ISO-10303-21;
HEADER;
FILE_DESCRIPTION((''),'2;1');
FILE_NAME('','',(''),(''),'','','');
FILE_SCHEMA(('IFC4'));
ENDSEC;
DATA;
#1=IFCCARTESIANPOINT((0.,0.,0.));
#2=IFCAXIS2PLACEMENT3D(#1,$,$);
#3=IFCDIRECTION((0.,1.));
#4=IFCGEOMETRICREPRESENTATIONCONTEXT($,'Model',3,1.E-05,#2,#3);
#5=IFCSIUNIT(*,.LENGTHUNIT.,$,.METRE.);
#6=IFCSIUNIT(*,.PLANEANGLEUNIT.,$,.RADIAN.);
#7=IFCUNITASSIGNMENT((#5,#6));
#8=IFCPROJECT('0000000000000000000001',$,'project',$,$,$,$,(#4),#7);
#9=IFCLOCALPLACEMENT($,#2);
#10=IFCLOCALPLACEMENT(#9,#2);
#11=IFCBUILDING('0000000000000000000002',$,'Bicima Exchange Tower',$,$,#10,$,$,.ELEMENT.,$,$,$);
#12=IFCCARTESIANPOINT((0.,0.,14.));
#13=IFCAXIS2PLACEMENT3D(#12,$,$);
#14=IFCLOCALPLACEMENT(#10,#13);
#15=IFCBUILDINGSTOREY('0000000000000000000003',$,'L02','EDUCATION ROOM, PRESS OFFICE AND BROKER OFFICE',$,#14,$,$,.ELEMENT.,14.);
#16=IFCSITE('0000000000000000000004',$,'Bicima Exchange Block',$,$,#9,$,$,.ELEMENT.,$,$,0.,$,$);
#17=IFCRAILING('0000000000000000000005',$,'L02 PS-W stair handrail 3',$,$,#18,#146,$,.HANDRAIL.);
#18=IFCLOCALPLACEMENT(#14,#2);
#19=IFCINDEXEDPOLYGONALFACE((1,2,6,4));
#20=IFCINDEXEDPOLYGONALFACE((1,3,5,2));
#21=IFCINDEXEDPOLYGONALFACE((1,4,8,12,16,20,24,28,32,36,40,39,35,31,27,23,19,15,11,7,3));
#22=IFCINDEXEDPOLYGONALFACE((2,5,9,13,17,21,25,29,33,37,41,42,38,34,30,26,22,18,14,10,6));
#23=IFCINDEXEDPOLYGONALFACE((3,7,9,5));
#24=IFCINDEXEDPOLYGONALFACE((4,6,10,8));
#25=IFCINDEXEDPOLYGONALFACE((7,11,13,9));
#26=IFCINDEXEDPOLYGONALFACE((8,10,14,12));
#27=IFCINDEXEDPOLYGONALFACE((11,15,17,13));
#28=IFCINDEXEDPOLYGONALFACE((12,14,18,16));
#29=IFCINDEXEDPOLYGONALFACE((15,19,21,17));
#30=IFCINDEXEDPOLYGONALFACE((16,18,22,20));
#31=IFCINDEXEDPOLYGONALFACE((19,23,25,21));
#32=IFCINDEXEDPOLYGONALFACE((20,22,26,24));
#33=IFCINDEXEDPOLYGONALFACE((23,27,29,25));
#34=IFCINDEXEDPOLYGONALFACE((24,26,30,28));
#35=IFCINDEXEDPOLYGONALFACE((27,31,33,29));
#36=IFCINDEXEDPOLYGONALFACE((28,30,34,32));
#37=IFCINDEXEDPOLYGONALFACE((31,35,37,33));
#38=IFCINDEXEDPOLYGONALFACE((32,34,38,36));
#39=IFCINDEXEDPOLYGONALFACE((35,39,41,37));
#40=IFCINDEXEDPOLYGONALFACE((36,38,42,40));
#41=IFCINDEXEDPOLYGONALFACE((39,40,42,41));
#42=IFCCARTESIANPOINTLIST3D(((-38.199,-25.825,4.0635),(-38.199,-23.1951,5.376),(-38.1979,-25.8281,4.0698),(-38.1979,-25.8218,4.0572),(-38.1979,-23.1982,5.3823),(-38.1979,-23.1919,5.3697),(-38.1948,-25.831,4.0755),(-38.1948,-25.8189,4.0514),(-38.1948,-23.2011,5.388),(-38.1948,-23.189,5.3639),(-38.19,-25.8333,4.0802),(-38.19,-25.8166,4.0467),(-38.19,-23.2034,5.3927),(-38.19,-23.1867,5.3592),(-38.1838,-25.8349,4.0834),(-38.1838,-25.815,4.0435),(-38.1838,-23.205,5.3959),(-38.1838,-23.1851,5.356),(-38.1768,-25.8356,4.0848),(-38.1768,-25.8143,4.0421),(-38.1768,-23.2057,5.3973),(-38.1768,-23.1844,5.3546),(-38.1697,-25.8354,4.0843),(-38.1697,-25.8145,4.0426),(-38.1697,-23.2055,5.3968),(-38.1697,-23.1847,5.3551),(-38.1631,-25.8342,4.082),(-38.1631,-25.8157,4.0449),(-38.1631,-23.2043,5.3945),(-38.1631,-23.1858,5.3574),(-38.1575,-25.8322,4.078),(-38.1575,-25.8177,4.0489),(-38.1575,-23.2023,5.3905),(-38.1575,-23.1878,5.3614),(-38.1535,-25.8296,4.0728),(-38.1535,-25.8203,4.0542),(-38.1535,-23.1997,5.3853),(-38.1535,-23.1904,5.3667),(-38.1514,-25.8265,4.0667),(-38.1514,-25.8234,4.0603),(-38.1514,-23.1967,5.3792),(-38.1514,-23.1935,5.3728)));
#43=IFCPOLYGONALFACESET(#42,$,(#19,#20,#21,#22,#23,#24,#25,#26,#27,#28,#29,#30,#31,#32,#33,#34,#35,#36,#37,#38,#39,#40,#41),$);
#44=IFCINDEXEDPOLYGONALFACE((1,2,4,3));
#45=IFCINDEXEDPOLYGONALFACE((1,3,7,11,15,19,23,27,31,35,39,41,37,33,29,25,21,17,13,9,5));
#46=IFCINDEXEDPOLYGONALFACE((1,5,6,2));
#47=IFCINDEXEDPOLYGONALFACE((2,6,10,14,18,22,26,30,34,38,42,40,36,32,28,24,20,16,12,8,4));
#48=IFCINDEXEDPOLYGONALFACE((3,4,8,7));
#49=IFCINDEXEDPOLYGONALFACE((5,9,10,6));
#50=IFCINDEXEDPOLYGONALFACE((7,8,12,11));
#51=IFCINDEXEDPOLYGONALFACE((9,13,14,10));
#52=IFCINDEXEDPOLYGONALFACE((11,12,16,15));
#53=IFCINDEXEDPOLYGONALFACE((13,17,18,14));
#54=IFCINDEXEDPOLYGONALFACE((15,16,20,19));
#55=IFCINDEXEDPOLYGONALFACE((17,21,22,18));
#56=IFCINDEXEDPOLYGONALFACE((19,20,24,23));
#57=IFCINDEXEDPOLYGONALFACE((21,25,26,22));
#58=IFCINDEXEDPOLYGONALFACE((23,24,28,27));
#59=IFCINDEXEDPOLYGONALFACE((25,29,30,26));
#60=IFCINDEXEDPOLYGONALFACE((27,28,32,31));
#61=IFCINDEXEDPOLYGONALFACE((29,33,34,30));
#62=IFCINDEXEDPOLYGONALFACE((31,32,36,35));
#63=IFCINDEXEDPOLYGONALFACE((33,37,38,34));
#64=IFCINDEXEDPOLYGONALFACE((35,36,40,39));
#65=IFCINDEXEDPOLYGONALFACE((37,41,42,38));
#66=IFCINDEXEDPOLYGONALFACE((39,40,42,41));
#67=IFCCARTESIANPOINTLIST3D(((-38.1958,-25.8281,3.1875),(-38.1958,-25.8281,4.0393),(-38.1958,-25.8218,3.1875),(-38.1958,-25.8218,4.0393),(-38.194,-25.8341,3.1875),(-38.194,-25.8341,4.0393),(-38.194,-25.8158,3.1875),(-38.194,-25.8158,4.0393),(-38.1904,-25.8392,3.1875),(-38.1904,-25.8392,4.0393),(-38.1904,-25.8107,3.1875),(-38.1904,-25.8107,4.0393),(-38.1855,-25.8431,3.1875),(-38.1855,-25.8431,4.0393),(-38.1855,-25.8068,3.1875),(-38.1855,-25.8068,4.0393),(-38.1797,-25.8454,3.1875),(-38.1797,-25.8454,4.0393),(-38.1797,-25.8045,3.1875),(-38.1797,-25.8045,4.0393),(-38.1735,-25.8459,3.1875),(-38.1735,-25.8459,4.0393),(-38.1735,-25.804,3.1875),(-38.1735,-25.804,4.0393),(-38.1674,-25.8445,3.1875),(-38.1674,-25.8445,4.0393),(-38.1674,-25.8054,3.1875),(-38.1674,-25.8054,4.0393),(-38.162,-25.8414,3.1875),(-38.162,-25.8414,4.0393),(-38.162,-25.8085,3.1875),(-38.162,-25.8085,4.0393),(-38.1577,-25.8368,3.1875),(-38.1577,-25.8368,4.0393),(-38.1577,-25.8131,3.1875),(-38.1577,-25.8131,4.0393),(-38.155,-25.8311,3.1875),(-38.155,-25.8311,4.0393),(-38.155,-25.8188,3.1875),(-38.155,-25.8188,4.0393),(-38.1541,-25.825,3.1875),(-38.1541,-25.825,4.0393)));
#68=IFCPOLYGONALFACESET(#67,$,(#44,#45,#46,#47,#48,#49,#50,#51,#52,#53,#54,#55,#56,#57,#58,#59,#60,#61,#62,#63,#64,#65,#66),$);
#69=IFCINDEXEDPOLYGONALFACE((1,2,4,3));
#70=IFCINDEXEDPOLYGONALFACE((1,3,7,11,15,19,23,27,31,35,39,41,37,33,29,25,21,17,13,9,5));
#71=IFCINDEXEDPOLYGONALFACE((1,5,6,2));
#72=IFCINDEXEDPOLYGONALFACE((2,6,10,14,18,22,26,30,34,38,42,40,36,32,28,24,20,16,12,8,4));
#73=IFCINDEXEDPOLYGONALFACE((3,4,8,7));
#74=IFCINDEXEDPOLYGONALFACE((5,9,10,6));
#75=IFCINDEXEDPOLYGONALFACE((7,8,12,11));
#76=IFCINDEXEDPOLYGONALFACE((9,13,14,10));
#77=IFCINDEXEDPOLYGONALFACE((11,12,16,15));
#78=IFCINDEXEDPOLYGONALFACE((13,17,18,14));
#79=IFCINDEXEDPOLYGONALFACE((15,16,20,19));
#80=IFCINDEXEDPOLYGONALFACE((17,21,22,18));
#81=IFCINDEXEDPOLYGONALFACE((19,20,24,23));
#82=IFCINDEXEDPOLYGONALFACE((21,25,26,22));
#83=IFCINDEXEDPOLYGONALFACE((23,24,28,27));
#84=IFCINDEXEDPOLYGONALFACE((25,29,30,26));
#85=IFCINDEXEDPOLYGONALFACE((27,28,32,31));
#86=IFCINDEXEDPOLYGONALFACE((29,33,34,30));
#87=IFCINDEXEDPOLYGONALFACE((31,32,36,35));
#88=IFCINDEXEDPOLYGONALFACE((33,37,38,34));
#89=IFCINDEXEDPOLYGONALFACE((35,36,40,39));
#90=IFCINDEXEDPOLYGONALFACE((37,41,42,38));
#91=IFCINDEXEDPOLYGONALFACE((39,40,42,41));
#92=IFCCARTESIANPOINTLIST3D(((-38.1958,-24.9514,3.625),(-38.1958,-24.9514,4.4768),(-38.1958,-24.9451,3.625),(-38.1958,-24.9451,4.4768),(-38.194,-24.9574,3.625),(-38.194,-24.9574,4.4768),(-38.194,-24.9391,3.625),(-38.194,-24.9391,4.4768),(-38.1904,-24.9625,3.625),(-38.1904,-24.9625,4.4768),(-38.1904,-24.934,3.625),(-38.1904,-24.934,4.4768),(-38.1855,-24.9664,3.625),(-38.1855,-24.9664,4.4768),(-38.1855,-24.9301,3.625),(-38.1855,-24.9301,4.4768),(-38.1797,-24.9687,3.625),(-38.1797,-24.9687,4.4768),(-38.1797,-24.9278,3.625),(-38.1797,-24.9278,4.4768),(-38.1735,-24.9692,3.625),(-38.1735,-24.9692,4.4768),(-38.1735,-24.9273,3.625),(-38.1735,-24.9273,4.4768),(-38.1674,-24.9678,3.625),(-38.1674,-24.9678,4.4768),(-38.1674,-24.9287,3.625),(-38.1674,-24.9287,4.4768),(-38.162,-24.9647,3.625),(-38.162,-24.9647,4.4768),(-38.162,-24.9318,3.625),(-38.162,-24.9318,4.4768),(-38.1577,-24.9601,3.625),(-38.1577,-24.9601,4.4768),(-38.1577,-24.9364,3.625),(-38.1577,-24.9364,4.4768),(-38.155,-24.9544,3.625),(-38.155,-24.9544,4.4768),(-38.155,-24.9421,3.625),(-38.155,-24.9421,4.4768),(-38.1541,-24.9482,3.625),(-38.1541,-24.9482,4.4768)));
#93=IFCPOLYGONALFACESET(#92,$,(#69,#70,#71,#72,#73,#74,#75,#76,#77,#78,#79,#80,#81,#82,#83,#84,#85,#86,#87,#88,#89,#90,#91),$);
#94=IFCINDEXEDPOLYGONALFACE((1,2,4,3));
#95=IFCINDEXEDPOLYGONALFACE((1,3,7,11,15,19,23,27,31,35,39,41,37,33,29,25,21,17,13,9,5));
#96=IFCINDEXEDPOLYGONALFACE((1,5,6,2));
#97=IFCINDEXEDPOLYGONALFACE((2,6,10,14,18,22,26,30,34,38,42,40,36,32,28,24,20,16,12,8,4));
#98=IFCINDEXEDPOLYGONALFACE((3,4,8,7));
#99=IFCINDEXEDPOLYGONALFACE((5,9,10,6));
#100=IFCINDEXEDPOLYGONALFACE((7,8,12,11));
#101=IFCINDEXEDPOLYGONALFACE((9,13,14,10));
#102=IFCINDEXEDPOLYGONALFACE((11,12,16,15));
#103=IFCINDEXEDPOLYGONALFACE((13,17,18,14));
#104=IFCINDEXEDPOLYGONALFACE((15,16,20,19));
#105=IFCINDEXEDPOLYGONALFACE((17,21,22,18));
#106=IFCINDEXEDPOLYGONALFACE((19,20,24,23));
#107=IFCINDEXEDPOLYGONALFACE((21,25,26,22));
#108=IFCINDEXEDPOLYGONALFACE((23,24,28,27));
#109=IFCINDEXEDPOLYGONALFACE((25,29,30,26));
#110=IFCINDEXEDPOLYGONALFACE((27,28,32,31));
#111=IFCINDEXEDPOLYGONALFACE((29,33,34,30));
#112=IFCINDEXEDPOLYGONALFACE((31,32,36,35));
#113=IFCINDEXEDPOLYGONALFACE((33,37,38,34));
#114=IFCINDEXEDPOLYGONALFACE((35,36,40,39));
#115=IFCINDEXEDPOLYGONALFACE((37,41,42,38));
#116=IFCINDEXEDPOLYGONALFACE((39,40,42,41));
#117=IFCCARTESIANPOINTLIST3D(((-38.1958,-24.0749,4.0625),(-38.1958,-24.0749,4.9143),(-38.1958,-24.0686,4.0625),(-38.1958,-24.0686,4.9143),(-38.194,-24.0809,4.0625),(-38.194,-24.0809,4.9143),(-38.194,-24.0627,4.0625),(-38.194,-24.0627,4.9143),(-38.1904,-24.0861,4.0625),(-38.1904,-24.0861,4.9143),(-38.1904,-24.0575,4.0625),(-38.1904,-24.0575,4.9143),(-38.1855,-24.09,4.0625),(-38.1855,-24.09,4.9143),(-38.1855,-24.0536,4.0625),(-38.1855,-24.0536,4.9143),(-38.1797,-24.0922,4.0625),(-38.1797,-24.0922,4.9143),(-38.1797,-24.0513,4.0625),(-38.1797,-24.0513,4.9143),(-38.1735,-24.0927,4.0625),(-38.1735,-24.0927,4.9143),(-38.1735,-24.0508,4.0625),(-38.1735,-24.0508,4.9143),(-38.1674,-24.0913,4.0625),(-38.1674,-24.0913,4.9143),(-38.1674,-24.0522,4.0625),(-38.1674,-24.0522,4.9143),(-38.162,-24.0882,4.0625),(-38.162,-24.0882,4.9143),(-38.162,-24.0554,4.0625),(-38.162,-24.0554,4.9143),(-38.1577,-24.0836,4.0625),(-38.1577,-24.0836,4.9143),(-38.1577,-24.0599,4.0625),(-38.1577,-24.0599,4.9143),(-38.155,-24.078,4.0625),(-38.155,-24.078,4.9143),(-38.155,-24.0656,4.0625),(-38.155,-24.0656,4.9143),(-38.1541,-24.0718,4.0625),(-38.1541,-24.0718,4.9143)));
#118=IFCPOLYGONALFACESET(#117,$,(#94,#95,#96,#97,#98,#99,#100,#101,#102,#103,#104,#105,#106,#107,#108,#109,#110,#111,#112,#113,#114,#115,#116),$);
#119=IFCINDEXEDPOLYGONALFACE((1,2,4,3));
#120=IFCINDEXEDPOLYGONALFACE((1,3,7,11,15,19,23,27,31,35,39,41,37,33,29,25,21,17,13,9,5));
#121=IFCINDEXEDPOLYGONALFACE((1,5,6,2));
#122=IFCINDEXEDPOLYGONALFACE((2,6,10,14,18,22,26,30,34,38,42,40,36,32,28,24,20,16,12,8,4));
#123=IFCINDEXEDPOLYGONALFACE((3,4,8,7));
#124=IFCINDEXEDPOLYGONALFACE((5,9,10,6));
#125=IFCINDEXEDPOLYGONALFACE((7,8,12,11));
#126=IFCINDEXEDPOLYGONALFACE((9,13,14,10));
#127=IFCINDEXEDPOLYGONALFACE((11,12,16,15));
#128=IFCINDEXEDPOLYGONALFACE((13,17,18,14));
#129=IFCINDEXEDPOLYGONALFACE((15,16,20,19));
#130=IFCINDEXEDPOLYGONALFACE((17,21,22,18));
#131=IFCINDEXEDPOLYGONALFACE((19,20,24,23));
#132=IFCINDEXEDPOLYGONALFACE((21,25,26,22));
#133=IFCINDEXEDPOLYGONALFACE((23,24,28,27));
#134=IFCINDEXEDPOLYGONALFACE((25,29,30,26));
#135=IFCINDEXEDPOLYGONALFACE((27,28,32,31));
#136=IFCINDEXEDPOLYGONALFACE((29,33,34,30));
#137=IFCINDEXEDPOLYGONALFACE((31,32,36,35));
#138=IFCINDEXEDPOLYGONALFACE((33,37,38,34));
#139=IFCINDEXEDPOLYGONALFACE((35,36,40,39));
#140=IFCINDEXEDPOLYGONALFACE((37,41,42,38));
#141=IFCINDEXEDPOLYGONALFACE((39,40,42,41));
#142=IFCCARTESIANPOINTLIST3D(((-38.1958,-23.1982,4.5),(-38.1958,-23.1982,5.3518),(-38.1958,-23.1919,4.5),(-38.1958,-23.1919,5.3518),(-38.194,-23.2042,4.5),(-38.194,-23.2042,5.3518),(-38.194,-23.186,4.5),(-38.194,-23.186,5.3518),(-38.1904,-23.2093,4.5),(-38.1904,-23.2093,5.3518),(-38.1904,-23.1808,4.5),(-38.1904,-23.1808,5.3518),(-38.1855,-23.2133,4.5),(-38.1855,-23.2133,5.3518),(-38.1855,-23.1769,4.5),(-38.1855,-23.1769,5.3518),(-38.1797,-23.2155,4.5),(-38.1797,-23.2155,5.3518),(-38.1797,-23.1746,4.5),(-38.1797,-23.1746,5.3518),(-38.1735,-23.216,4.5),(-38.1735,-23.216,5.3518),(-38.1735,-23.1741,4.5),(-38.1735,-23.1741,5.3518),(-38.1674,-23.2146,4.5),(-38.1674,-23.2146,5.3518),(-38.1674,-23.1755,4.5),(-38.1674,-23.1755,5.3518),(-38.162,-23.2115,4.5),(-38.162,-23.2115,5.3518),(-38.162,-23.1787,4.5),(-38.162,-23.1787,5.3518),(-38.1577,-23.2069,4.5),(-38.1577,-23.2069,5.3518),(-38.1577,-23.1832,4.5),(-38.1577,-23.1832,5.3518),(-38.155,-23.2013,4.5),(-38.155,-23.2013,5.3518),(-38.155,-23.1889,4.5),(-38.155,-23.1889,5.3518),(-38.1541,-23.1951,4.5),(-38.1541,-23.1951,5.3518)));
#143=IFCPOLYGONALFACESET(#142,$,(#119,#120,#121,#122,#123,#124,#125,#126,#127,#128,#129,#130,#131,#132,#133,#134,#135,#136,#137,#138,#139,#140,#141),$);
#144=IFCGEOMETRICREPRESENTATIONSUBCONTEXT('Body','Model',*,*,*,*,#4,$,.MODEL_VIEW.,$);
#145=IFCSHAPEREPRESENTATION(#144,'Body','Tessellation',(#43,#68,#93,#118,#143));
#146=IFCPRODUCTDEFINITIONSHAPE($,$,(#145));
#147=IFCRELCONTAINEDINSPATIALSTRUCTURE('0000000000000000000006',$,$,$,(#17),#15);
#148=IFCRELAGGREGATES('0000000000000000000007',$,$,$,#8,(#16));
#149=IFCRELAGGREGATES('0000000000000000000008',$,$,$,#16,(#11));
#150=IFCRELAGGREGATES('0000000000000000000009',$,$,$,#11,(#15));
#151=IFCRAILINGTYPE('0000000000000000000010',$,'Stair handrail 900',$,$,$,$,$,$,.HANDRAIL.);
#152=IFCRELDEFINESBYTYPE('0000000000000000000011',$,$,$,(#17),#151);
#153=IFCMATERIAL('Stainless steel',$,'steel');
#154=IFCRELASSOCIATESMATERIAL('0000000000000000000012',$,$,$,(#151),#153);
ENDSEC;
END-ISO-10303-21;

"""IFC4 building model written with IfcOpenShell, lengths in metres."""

from ifc_helpers import new_model, si_unit, direction, frame, origin, origin_2d, place, context, subcontext, project, spatial, circle, extrude, material, type_object, element, save


model = new_model("IFC4")

# Units and contexts
model_context = context("Model", 3, precision=1e-05, world=origin(), true_north=direction((0.0, 1.0)))
body_context = subcontext(model_context, "Body", "Model", "MODEL_VIEW")
ifc_project = project(units=[si_unit("LENGTHUNIT", "METRE"), si_unit("PLANEANGLEUNIT", "RADIAN")], contexts=[model_context])

# Site, building, storey
site_placement = place(None, origin())
site = spatial("IfcSite", under=ifc_project, at=site_placement, Name="Bicima Exchange Block", CompositionType="ELEMENT", RefElevation=0.0)
building_placement = place(site_placement, origin())
building = spatial("IfcBuilding", under=site, at=building_placement, Name="Bicima Exchange Tower", CompositionType="ELEMENT")
storey_placement = place(building_placement, frame((0.0, 0.0, 14.0)))
storey = spatial("IfcBuildingStorey", under=building, at=storey_placement, Name="L02", Description="EDUCATION ROOM, PRESS OFFICE AND BROKER OFFICE", CompositionType="ELEMENT", Elevation=14.0)

# Railing
ifc_material_1 = material(Name="Stainless steel", Category="steel")
railing_type_1 = type_object("IfcRailingType", Name="Stair handrail 900", PredefinedType="HANDRAIL", material=ifc_material_1)
railing_1_placement = place(storey_placement, frame((-38.175, -25.825, 3.1875)))
element("IfcRailing", 1, at=railing_1_placement, inside=storey, type_object=railing_type_1, Name="L02 PS-W stair handrail 3", PredefinedType="HANDRAIL", context=body_context, shape_type="SweptSolid", body=[
    extrude(circle(Radius=0.0239, at=origin_2d()), frame((0.0, 0.0, 0.876), z_axis=(0.0, 0.894759, 0.446549), x_axis=(-1.0, 0.0, 0.0)), (0.0, 0.0, 1.0), 2.9392),
    extrude(circle(Radius=0.021, at=origin_2d()), origin(), (0.0, 0.0, 1.0), 0.8518),
    extrude(circle(Radius=0.021, at=origin_2d()), frame((0.0, 0.8767, 0.4375)), (0.0, 0.0, 1.0), 0.8518),
    extrude(circle(Radius=0.021, at=origin_2d()), frame((0.0, 1.7532, 0.875)), (0.0, 0.0, 1.0), 0.8518),
    extrude(circle(Radius=0.021, at=origin_2d()), frame((0.0, 2.6299, 1.3125)), (0.0, 0.0, 1.0), 0.8518),
])

save(model, "model.ifc")
